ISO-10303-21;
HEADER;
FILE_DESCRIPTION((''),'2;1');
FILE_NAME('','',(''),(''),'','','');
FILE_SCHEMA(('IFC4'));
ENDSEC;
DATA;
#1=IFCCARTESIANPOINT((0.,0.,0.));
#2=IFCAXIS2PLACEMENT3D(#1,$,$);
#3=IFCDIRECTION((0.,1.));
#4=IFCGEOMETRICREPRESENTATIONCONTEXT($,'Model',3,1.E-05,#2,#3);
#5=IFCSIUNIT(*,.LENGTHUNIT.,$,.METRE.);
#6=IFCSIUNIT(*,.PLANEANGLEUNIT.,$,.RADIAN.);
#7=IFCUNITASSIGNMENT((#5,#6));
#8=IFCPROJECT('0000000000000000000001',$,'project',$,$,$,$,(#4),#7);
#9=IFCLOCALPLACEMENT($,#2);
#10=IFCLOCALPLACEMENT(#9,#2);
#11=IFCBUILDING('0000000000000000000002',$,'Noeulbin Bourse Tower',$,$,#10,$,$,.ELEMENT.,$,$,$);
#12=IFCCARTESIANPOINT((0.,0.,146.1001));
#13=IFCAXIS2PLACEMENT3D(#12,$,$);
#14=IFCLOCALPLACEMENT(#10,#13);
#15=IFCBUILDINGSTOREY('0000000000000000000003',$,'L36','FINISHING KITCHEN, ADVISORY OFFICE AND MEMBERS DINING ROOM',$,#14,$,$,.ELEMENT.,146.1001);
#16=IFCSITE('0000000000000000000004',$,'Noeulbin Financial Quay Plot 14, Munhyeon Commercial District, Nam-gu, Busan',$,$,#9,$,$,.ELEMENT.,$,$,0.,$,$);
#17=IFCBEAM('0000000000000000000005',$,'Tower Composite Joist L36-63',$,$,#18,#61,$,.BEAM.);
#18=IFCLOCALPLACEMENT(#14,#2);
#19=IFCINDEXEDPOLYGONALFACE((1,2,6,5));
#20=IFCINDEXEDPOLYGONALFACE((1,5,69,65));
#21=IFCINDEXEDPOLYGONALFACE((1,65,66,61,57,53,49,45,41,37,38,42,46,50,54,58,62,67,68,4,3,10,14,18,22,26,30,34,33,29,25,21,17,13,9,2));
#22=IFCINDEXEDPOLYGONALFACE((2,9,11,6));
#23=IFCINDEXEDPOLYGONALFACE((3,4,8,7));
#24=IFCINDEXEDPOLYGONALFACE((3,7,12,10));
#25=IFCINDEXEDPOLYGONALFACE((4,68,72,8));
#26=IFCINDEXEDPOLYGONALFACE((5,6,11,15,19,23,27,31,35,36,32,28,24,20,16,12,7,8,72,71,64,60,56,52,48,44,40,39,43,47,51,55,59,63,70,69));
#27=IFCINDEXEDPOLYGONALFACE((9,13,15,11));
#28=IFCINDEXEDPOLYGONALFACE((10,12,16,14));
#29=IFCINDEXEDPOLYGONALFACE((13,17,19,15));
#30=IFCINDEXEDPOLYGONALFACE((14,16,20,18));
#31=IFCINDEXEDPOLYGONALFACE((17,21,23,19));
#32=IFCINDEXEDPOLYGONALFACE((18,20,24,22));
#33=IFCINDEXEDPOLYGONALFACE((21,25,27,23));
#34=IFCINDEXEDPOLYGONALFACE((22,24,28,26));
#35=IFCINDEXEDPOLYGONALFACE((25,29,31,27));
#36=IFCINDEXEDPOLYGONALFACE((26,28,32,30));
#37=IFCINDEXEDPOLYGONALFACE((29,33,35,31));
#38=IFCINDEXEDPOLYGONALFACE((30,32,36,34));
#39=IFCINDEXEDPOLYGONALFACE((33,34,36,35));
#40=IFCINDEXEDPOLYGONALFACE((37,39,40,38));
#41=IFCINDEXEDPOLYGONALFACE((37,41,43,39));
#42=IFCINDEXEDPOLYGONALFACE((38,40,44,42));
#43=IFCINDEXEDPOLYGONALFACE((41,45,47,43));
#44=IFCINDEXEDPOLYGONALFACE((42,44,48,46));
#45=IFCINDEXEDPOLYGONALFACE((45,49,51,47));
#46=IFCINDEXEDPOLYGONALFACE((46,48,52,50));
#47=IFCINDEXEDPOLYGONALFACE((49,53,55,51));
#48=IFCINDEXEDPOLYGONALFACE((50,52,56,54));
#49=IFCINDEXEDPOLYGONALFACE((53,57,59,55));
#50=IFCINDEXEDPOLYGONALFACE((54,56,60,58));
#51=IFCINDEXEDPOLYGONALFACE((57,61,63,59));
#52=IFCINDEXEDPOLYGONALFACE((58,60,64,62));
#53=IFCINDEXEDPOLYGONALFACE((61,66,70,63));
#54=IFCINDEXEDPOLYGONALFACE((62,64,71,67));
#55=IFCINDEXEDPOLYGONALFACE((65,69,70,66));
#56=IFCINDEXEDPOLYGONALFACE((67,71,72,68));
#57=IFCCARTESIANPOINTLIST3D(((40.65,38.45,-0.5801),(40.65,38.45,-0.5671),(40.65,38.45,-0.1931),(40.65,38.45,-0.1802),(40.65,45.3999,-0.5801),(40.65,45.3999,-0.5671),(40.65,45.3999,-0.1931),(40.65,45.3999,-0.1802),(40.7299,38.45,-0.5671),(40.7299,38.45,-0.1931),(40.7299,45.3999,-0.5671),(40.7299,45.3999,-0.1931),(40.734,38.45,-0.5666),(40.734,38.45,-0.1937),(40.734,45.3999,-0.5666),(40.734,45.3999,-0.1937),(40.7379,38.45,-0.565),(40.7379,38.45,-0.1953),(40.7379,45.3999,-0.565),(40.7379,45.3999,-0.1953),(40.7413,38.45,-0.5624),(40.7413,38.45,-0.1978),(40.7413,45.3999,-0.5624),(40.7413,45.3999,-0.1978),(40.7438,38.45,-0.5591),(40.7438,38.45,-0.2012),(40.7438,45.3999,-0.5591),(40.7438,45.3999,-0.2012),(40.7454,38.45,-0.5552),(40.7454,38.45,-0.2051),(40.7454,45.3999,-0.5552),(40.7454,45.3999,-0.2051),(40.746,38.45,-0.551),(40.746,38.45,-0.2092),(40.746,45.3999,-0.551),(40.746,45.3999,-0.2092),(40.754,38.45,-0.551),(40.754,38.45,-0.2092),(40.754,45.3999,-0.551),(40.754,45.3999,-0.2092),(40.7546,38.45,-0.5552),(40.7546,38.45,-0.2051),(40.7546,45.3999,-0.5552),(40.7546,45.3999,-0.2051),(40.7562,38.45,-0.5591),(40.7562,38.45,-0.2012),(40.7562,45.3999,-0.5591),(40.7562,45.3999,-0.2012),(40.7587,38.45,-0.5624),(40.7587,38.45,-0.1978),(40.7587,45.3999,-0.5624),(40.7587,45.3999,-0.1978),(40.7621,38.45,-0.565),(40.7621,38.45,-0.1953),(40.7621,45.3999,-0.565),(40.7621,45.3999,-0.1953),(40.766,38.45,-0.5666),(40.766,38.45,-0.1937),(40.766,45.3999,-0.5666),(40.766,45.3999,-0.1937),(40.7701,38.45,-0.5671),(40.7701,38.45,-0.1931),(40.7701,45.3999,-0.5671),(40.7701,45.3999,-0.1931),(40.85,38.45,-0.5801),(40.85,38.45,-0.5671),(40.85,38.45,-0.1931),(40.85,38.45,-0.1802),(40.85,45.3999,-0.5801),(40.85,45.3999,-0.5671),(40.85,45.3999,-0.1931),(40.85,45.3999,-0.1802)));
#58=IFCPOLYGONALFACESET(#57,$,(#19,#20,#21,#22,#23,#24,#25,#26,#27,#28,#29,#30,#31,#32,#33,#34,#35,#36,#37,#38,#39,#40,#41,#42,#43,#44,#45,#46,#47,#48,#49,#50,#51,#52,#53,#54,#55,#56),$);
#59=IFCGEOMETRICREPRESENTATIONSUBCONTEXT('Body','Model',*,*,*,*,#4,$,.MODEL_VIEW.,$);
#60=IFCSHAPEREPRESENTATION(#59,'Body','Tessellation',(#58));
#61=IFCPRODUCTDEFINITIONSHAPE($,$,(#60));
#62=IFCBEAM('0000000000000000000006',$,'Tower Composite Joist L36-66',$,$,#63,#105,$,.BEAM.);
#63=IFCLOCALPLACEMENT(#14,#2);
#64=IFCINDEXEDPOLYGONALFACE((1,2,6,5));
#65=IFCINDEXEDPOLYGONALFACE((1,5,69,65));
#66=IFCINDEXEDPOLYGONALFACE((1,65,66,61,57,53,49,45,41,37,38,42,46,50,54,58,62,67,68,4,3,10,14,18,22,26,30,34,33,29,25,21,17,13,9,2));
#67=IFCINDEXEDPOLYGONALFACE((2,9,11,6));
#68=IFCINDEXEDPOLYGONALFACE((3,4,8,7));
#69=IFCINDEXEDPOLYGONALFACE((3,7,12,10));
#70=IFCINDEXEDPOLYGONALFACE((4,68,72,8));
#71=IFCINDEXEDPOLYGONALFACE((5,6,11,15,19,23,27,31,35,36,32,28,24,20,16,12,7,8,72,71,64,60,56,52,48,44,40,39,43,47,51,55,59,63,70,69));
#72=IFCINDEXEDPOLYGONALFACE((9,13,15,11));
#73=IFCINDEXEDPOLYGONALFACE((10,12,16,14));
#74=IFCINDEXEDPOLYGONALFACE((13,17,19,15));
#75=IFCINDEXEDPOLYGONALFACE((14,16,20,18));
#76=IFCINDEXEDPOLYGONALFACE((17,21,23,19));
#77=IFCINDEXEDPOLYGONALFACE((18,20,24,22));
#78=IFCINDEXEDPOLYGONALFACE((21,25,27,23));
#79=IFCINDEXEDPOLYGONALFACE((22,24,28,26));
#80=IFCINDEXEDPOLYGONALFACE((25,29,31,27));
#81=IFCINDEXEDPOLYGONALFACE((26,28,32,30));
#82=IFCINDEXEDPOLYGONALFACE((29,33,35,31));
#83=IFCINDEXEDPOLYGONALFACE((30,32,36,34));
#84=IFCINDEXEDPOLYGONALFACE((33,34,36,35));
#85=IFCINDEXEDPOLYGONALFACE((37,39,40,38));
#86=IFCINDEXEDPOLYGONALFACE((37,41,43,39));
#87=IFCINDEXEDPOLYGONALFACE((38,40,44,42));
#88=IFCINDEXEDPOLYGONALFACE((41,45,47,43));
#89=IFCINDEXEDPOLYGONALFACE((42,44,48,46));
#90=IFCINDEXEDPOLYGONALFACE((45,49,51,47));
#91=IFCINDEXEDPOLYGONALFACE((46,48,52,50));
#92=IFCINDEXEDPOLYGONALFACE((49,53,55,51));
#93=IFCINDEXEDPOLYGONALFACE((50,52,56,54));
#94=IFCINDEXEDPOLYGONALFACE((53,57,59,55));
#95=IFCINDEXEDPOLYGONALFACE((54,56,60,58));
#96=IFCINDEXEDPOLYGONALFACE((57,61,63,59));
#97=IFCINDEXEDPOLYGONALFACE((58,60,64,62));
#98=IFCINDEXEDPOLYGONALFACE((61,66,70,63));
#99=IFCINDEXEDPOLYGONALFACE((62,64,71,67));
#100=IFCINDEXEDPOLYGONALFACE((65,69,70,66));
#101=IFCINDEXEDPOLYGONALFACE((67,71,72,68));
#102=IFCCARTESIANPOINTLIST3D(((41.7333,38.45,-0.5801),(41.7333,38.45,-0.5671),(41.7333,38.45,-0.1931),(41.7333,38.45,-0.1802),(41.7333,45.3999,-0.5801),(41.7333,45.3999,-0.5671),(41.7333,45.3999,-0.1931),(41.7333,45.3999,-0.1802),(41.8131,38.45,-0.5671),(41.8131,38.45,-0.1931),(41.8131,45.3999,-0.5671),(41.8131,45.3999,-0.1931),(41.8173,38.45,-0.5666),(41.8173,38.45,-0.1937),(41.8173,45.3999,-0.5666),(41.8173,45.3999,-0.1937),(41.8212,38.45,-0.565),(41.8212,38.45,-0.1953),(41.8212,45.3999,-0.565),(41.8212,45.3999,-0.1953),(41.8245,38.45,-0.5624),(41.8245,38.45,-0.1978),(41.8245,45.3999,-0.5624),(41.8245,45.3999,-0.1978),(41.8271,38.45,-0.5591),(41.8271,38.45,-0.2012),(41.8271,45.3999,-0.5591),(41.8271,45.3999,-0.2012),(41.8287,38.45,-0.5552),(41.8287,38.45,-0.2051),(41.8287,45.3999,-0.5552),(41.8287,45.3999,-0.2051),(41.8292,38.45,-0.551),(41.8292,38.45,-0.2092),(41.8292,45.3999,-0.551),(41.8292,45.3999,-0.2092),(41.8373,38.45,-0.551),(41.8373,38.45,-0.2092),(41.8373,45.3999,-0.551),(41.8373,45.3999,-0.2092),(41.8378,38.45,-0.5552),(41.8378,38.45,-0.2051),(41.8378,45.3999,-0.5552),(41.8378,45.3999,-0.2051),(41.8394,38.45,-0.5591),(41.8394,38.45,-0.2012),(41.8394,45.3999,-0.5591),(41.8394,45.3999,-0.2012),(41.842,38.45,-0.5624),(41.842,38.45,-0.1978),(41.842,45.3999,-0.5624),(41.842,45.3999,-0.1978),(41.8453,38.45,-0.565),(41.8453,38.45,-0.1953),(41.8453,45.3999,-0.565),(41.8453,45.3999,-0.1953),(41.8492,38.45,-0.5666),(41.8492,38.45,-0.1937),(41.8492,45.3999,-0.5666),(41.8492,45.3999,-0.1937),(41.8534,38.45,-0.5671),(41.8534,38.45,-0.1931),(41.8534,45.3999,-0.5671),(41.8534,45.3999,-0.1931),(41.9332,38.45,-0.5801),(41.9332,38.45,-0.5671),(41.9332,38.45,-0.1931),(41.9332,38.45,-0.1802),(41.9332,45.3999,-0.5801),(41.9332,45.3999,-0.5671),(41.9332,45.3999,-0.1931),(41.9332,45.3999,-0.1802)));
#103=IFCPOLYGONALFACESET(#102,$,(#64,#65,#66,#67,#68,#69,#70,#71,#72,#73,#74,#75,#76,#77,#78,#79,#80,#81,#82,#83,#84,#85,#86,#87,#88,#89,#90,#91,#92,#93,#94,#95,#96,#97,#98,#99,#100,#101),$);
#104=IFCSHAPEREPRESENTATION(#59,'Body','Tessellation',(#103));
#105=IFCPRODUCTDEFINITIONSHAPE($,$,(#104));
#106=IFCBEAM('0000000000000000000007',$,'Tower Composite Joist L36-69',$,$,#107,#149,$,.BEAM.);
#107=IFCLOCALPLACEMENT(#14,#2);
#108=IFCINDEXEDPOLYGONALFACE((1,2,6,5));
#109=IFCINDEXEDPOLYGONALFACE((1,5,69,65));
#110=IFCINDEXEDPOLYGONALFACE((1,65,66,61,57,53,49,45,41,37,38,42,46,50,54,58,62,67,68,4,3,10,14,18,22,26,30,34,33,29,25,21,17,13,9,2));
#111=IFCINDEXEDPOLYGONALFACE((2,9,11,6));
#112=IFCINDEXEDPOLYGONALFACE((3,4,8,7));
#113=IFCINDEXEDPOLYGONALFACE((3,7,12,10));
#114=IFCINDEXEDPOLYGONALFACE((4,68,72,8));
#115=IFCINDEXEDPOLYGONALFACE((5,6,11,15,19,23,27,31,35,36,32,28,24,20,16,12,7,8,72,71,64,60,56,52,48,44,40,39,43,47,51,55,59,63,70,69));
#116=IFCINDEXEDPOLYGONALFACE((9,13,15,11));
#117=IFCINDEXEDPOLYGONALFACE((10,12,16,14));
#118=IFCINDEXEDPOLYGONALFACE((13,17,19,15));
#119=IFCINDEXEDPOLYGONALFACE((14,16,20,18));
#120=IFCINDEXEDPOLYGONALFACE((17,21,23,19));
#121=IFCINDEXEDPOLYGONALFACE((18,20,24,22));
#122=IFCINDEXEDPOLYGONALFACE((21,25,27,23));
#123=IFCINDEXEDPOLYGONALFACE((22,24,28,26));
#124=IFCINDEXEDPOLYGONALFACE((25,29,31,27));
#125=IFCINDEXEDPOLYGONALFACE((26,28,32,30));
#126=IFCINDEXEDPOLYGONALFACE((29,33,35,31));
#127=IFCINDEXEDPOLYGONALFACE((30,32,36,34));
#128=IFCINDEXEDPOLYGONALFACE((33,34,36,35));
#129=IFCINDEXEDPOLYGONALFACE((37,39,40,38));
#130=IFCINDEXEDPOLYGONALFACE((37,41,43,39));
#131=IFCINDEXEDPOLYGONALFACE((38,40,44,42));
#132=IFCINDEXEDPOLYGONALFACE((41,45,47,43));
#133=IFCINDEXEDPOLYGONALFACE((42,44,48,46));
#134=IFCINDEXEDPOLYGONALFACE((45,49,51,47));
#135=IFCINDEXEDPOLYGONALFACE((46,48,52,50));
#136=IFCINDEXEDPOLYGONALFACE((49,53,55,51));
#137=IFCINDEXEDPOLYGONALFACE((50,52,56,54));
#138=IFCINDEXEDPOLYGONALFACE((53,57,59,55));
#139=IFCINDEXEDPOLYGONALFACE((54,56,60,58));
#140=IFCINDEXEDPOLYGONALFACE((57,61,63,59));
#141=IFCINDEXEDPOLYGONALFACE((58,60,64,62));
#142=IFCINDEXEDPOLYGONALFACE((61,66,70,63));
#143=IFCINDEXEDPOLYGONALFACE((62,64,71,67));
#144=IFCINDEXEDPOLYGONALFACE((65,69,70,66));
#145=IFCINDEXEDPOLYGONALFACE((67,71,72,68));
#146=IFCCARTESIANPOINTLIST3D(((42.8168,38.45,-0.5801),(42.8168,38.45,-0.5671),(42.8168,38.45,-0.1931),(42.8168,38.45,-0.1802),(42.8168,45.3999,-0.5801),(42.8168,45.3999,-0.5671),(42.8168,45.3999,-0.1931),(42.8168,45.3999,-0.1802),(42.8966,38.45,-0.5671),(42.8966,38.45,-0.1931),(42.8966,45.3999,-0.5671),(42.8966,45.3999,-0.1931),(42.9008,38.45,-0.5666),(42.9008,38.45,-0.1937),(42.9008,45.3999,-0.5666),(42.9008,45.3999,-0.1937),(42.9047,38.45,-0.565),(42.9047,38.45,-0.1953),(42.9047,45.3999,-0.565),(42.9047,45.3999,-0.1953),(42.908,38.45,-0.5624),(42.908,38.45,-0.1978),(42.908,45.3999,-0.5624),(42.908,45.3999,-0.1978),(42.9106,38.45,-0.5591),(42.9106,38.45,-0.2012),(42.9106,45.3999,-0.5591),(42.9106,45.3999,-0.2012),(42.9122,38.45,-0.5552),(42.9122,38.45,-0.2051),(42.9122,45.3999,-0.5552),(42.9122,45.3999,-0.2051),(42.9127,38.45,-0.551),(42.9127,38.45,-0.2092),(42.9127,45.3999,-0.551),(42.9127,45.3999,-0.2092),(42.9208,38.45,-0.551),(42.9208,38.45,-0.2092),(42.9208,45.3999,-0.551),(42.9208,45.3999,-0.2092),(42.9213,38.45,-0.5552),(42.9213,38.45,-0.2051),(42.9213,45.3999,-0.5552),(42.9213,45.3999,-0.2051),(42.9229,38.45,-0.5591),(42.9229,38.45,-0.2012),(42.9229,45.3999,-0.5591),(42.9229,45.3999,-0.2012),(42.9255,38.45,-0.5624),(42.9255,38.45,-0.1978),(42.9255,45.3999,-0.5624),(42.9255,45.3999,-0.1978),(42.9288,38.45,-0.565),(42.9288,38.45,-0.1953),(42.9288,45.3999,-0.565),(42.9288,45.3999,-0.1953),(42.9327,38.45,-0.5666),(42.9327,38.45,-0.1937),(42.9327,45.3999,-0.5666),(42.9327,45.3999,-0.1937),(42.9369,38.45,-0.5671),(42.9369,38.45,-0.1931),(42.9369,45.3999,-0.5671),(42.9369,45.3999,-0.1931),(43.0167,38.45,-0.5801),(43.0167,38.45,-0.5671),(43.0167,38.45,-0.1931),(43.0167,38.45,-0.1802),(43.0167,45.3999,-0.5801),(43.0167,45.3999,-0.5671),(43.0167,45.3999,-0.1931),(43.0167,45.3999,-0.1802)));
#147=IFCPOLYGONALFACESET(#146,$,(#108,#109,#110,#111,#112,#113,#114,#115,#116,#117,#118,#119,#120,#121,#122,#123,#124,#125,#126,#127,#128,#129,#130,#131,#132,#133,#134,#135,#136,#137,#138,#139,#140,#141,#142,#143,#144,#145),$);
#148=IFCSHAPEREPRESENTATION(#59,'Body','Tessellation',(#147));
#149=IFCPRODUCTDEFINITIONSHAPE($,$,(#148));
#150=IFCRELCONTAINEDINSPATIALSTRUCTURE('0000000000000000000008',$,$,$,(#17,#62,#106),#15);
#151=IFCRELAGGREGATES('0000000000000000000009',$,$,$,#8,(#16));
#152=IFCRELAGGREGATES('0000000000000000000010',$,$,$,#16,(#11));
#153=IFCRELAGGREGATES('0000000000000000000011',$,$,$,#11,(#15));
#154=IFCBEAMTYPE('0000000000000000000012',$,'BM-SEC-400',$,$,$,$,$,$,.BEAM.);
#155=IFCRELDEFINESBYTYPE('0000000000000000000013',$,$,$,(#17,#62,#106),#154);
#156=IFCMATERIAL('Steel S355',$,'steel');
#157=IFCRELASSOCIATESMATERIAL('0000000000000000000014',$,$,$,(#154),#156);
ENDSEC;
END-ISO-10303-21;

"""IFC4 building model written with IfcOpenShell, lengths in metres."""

from ifc_helpers import new_model, si_unit, direction, frame, origin, origin_2d, place, context, subcontext, project, spatial, i_section, extrude, material, material_profile, profile_set, type_object, element, save


model = new_model("IFC4")

# Units and contexts
model_context = context("Model", 3, precision=1e-05, world=origin(), true_north=direction((0.0, 1.0)))
body_context = subcontext(model_context, "Body", "Model", "MODEL_VIEW")
ifc_project = project(units=[si_unit("LENGTHUNIT", "METRE"), si_unit("PLANEANGLEUNIT", "RADIAN")], contexts=[model_context])

# Site, building, storey
site_placement = place(None, origin())
site = spatial("IfcSite", under=ifc_project, at=site_placement, Name="Noeulbin Financial Quay Plot 14, Munhyeon Commercial District, Nam-gu, Busan", CompositionType="ELEMENT", RefElevation=0.0)
building_placement = place(site_placement, origin())
building = spatial("IfcBuilding", under=site, at=building_placement, Name="Noeulbin Bourse Tower", CompositionType="ELEMENT")
storey_placement = place(building_placement, frame((0.0, 0.0, 146.1001)))
storey = spatial("IfcBuildingStorey", under=building, at=storey_placement, Name="L36", Description="FINISHING KITCHEN, ADVISORY OFFICE AND MEMBERS DINING ROOM", CompositionType="ELEMENT", Elevation=146.1001)

# Shared definitions
ifc_material_1 = material(Name="Steel S355", Category="steel")

# Beams
ifc_material_profile_1 = material_profile(ifc_material_1, i_section(OverallWidth=0.2, OverallDepth=0.3999, WebThickness=0.0081, FlangeThickness=0.0129, FilletRadius=0.0161, at=origin_2d()), Name="H-400x200x8x13", Category="LoadBearing")
ifc_profile_set_1 = profile_set([ifc_material_profile_1], Name="Steel S355")
beam_type_1 = type_object("IfcBeamType", Name="BM-SEC-400", PredefinedType="BEAM", material=ifc_profile_set_1)
for number, where, z_axis, x_axis, name in (
    (1, (40.75, 38.45, -0.3801), (0.0, 1.0, 0.0), (-1.0, 0.0, 0.0), "Tower Composite Joist L36-63"),
    (2, (41.8333, 38.45, -0.3801), (0.0, 1.0, 0.0), (-1.0, 0.0, 0.0), "Tower Composite Joist L36-66"),
    (3, (42.9167, 38.45, -0.3801), (0.0, 1.0, 0.0), (-1.0, 0.0, 0.0), "Tower Composite Joist L36-69"),
):
    element("IfcBeam", number, at=place(storey_placement, frame(where, z_axis=z_axis, x_axis=x_axis)), inside=storey, type_object=beam_type_1, Name=name, PredefinedType="BEAM", context=body_context, shape_type="SweptSolid", body=[
        extrude(i_section(OverallWidth=0.2, OverallDepth=0.3999, WebThickness=0.0081, FlangeThickness=0.0129, FilletRadius=0.0161, at=origin_2d()), origin(), (0.0, 0.0, 1.0), 6.95),
    ])

save(model, "model.ifc")
